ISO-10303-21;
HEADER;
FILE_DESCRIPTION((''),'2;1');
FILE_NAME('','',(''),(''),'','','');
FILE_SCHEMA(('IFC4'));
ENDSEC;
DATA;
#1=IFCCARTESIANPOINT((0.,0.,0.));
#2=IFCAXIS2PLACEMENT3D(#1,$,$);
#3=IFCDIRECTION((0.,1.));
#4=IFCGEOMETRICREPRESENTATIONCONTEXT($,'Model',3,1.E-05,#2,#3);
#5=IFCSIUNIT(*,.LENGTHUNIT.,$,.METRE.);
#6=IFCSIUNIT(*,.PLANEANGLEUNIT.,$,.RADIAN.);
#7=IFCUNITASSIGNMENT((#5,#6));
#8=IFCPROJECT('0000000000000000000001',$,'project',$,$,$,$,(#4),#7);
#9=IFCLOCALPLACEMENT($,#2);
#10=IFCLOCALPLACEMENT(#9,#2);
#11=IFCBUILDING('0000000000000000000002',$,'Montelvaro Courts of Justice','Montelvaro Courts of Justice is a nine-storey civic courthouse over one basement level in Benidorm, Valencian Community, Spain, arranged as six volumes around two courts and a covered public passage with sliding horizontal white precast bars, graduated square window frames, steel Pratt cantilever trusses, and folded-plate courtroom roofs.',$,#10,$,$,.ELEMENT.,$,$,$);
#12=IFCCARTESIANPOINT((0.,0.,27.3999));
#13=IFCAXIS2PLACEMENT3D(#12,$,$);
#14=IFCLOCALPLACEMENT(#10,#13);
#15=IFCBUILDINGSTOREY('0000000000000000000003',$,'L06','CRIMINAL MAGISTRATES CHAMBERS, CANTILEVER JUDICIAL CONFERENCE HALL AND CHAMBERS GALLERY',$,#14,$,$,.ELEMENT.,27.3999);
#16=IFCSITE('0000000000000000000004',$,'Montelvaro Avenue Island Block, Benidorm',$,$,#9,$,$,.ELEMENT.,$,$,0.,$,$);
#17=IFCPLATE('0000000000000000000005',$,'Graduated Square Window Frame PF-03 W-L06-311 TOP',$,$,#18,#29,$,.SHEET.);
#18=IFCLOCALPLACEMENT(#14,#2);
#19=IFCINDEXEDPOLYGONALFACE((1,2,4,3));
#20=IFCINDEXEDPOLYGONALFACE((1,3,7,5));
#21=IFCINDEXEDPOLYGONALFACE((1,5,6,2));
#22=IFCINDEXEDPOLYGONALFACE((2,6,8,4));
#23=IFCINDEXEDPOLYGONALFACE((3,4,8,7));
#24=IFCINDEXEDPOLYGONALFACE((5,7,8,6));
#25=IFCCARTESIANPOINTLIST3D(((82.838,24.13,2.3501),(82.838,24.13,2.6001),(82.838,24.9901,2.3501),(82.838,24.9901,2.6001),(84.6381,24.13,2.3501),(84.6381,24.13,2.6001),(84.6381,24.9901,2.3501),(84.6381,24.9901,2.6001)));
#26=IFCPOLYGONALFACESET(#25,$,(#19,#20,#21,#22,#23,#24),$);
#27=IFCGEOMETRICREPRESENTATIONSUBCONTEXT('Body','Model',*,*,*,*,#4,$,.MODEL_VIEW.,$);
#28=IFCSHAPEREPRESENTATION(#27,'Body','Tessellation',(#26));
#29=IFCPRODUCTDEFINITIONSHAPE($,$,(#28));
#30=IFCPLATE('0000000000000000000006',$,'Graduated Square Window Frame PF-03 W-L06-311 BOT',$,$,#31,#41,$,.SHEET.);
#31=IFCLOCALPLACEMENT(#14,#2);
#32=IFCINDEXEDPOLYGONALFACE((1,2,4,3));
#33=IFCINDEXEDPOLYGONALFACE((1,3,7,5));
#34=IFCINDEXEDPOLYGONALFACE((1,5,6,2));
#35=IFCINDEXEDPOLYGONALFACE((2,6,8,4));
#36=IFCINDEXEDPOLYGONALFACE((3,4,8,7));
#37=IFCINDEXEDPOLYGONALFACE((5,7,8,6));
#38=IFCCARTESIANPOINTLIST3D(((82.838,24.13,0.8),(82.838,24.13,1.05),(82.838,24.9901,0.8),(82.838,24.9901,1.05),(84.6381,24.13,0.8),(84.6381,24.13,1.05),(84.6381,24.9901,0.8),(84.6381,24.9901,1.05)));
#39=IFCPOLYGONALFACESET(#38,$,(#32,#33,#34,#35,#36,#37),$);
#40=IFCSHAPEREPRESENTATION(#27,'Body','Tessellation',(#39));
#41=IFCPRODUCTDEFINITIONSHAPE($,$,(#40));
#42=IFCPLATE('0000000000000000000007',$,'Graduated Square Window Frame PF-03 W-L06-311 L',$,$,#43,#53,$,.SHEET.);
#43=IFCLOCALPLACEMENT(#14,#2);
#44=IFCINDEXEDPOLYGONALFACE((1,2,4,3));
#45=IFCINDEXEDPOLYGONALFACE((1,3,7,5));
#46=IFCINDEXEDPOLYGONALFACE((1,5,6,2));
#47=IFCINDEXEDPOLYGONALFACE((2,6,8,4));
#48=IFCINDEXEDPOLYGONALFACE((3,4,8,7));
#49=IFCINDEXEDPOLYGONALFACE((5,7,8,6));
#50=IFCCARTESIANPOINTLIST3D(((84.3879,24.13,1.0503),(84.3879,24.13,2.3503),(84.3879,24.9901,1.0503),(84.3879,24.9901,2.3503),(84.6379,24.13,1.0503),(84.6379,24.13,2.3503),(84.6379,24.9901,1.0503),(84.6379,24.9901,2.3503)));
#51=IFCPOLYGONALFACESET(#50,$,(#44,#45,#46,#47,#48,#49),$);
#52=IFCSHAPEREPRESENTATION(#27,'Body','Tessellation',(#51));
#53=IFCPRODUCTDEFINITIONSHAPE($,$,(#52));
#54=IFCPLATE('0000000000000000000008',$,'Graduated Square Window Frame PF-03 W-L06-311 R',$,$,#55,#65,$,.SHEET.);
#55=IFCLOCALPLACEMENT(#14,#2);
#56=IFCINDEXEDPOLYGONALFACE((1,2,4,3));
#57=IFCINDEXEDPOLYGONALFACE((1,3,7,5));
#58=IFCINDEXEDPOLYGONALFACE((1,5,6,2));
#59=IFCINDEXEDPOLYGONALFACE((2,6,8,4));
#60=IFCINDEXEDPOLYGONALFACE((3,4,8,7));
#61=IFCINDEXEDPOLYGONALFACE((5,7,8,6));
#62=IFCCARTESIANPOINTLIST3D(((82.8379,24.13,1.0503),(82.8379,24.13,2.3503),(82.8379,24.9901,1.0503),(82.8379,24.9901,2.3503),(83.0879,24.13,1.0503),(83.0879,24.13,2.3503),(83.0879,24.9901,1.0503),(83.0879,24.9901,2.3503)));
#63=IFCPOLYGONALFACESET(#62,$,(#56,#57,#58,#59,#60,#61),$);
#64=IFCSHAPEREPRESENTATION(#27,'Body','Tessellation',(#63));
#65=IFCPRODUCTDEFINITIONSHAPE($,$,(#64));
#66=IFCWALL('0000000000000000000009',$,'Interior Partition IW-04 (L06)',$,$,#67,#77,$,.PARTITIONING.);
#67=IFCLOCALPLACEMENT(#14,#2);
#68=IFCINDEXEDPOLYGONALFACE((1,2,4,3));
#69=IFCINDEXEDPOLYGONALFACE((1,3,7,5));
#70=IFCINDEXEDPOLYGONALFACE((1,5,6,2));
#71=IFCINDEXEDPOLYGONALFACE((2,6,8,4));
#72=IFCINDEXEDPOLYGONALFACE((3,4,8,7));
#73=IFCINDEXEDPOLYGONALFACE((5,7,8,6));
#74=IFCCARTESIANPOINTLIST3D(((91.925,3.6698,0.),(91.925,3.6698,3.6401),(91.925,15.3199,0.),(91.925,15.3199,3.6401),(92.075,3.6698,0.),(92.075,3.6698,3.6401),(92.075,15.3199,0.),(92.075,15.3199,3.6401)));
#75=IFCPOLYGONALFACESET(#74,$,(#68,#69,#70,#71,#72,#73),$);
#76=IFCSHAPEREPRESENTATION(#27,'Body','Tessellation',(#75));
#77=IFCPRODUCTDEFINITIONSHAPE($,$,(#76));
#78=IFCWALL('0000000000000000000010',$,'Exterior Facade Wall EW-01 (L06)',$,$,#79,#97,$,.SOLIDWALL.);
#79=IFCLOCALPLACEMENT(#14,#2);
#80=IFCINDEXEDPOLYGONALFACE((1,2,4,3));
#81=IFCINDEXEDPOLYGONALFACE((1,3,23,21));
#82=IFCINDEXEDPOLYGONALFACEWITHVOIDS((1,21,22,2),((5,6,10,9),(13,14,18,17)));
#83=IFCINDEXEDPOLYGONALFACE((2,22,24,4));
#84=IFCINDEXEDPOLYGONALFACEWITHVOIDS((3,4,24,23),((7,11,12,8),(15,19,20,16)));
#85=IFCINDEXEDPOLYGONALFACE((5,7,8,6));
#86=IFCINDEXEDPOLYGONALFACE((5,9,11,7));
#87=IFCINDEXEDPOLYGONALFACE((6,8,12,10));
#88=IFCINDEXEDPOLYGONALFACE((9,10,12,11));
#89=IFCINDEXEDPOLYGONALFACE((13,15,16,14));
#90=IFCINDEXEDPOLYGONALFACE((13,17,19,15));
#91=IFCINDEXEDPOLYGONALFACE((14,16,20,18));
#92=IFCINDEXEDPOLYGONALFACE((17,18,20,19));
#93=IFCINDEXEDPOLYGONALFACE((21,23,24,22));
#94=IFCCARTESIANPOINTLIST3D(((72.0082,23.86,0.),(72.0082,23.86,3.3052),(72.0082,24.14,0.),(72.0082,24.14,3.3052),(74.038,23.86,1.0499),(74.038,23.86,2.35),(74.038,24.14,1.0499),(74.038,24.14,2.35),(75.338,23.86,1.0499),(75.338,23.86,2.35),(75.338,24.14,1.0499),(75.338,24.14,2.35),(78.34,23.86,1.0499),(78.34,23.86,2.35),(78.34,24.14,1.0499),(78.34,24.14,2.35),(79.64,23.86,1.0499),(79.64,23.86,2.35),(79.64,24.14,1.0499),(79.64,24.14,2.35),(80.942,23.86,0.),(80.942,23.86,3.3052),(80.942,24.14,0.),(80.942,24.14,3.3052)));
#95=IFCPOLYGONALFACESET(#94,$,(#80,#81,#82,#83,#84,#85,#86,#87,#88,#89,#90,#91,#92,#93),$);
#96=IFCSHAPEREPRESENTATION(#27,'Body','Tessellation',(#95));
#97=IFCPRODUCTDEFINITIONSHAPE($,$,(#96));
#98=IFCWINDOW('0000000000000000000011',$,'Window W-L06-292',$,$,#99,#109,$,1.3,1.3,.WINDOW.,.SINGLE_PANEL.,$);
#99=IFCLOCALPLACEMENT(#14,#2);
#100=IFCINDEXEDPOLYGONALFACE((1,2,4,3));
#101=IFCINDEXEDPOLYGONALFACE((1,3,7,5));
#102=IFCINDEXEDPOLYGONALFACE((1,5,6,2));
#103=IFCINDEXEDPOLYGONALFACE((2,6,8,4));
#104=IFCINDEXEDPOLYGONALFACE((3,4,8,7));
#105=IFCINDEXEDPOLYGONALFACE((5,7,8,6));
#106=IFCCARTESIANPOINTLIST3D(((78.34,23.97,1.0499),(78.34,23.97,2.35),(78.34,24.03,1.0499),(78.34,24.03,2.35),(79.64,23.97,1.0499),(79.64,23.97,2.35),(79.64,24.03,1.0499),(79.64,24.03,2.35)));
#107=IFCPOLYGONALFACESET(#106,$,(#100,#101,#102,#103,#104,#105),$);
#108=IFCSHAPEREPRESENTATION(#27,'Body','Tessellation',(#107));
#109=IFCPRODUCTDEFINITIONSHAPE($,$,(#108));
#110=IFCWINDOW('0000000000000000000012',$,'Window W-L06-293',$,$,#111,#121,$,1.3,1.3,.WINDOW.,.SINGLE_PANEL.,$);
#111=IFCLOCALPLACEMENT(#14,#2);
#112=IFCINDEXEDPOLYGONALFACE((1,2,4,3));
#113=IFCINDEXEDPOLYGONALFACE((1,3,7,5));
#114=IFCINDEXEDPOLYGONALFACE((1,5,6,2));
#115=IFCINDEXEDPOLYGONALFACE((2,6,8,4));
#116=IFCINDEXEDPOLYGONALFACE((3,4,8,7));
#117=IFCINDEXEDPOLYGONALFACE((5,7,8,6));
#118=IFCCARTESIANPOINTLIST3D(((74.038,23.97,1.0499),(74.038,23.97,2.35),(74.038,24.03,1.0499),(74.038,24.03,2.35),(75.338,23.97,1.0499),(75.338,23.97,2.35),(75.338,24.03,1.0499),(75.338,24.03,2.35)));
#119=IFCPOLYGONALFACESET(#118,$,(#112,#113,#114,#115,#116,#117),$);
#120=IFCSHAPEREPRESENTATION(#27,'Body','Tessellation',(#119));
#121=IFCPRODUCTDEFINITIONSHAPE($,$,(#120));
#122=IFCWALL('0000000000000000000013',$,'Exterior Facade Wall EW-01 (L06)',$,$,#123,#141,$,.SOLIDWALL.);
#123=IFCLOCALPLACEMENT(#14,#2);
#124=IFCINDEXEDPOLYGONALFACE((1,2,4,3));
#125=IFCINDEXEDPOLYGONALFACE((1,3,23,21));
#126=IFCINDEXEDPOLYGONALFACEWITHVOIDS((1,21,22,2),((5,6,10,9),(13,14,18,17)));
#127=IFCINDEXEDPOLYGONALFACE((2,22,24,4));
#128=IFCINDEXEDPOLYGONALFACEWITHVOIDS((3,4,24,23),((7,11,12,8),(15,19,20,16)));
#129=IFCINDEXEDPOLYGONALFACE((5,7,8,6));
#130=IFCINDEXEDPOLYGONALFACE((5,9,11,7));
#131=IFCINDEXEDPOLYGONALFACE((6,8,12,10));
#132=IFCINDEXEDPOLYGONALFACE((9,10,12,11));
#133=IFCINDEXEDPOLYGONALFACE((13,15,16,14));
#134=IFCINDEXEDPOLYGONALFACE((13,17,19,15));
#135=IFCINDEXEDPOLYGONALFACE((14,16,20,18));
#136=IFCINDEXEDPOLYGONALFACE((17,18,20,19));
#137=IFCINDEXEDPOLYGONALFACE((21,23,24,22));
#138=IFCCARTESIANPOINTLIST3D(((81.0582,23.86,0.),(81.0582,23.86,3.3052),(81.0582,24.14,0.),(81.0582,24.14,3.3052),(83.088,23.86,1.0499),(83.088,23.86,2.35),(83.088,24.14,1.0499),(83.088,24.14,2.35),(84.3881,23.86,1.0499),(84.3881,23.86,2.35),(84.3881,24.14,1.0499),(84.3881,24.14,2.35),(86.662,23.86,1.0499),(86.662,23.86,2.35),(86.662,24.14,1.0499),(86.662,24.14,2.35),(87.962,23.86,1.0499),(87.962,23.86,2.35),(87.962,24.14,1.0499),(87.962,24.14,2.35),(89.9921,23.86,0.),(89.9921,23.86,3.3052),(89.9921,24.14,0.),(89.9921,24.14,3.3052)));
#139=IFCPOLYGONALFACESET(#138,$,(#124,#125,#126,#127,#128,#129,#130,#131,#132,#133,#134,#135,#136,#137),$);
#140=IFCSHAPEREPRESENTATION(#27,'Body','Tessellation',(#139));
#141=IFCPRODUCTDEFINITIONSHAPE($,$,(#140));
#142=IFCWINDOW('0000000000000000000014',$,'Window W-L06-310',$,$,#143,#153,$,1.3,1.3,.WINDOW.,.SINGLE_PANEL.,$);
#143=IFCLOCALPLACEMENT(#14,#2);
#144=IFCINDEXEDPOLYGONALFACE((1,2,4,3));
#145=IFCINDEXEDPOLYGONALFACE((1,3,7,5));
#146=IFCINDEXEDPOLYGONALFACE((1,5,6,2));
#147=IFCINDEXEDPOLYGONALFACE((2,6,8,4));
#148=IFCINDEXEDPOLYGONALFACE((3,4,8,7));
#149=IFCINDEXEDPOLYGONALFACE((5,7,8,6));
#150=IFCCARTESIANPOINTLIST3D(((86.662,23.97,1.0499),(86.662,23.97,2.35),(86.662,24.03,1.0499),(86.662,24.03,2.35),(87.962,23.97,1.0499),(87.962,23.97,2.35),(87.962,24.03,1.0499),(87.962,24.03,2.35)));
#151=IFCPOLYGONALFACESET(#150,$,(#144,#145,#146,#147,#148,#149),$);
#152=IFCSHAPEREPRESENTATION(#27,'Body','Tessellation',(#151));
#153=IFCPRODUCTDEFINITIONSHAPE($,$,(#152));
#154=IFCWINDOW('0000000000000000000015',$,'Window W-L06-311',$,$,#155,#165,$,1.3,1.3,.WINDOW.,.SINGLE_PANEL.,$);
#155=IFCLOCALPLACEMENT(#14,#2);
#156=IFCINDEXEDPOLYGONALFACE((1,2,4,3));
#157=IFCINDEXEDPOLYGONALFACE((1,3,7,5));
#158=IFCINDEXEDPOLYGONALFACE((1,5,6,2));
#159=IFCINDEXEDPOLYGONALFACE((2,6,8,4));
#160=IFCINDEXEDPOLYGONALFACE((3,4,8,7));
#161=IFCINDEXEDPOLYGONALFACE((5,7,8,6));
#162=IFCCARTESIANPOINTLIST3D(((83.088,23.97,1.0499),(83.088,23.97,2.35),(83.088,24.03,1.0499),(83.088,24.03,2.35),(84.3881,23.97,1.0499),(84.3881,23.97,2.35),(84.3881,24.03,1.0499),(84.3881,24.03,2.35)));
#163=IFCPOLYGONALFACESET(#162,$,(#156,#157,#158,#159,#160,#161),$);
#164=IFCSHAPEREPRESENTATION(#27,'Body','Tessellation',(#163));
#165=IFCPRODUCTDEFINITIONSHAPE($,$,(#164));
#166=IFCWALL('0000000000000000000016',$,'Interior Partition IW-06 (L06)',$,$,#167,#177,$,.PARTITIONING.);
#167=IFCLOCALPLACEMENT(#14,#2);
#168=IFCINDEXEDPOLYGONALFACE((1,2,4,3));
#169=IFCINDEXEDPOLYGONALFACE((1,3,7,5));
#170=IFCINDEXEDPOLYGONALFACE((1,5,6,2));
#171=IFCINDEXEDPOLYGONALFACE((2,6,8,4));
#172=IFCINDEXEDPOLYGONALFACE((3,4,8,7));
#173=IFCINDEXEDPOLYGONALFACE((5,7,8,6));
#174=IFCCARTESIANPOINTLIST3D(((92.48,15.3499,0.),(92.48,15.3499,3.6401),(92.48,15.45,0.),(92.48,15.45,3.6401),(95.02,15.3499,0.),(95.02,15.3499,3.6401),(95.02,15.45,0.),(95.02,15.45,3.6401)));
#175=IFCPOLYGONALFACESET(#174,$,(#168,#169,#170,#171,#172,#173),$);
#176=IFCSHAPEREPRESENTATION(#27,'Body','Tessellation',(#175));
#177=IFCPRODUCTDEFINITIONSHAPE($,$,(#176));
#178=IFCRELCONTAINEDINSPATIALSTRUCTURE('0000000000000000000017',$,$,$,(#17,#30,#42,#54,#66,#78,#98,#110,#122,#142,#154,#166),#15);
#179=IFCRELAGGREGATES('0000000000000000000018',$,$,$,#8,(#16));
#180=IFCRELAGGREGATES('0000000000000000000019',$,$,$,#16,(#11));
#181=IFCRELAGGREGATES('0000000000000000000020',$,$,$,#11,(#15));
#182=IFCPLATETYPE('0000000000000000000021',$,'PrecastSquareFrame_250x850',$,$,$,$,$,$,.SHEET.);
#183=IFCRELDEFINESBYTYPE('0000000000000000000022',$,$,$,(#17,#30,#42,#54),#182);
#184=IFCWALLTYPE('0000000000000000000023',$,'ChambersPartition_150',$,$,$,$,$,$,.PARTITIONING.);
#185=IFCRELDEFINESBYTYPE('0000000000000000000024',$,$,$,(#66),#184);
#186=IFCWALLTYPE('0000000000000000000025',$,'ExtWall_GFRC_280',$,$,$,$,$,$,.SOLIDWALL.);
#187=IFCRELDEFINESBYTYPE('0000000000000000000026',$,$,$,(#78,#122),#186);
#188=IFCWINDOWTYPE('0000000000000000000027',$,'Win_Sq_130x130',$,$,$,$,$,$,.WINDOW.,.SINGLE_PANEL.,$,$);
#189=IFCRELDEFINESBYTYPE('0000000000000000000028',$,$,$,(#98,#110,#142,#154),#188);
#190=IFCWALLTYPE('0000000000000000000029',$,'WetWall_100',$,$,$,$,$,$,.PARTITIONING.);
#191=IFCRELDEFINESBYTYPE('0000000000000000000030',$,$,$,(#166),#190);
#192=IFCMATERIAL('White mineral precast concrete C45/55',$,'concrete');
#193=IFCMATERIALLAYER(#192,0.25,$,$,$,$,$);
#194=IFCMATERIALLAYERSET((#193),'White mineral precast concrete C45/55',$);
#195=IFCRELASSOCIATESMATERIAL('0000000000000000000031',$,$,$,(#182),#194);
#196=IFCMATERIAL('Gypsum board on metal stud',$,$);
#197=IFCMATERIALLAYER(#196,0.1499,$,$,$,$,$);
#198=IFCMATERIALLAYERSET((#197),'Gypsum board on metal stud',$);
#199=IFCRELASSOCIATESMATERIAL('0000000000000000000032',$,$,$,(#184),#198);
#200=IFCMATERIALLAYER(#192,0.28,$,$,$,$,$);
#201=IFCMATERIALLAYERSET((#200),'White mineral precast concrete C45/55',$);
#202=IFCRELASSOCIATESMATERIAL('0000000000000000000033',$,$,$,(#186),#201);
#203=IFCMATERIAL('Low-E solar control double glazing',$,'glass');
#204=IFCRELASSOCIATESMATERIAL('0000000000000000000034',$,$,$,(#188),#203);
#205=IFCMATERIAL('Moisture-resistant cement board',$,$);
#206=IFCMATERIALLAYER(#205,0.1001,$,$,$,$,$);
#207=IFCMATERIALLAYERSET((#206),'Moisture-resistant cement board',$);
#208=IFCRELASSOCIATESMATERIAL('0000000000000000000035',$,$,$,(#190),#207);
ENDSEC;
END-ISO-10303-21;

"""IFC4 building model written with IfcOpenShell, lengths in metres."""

from ifc_helpers import new_model, si_unit, direction, frame, frame_2d, origin, origin_2d, place, context, subcontext, project, spatial, rectangle, extrude, material, layer, layer_set, type_object, element, fill, save


model = new_model("IFC4")

# Units and contexts
model_context = context("Model", 3, precision=1e-05, world=origin(), true_north=direction((0.0, 1.0)))
body_context = subcontext(model_context, "Body", "Model", "MODEL_VIEW")
ifc_project = project(units=[si_unit("LENGTHUNIT", "METRE"), si_unit("PLANEANGLEUNIT", "RADIAN")], contexts=[model_context])

# Site, building, storey
site_placement = place(None, origin())
site = spatial("IfcSite", under=ifc_project, at=site_placement, Name="Montelvaro Avenue Island Block, Benidorm", CompositionType="ELEMENT", RefElevation=0.0)
building_placement = place(site_placement, origin())
building = spatial("IfcBuilding", under=site, at=building_placement, Name="Montelvaro Courts of Justice", Description="Montelvaro Courts of Justice is a nine-storey civic courthouse over one basement level in Benidorm, Valencian Community, Spain, arranged as six volumes around two courts and a covered public passage with sliding horizontal white precast bars, graduated square window frames, steel Pratt cantilever trusses, and folded-plate courtroom roofs.", CompositionType="ELEMENT")
storey_placement = place(building_placement, frame((0.0, 0.0, 27.3999)))
storey = spatial("IfcBuildingStorey", under=building, at=storey_placement, Name="L06", Description="CRIMINAL MAGISTRATES CHAMBERS, CANTILEVER JUDICIAL CONFERENCE HALL AND CHAMBERS GALLERY", CompositionType="ELEMENT", Elevation=27.3999)

# Plates
ifc_material_1 = material(Name="White mineral precast concrete C45/55", Category="concrete")
ifc_layer_1 = layer(ifc_material_1, 0.25)
ifc_layer_set_1 = layer_set([ifc_layer_1], Name="White mineral precast concrete C45/55")
plate_type = type_object("IfcPlateType", Name="PrecastSquareFrame_250x850", PredefinedType="SHEET", material=ifc_layer_set_1)
for number, where, z_axis, x_axis, name in (
    (1, (83.738, 24.5601, 2.3501), (0.0, 0.0, 1.0), (-1.0, 0.0, 0.0), "Graduated Square Window Frame PF-03 W-L06-311 TOP"),
    (2, (83.738, 24.5601, 0.8), (0.0, 0.0, 1.0), (-1.0, 0.0, 0.0), "Graduated Square Window Frame PF-03 W-L06-311 BOT"),
):
    element("IfcPlate", number, at=place(storey_placement, frame(where, z_axis=z_axis, x_axis=x_axis)), inside=storey, type_object=plate_type, Name=name, PredefinedType="SHEET", context=body_context, shape_type="SweptSolid", body=[
        extrude(rectangle(XDim=1.8, YDim=0.8601, at=origin_2d()), origin(), (0.0, 0.0, 1.0), 0.25),
    ])
for number, where, z_axis, x_axis, name in (
    (3, (84.5129, 24.5601, 1.0503), (0.0, 0.0, 1.0), (-1.0, 0.0, 0.0), "Graduated Square Window Frame PF-03 W-L06-311 L"),
    (4, (82.9629, 24.5601, 1.0503), (0.0, 0.0, 1.0), (-1.0, 0.0, 0.0), "Graduated Square Window Frame PF-03 W-L06-311 R"),
):
    element("IfcPlate", number, at=place(storey_placement, frame(where, z_axis=z_axis, x_axis=x_axis)), inside=storey, type_object=plate_type, Name=name, PredefinedType="SHEET", context=body_context, shape_type="SweptSolid", body=[
        extrude(rectangle(XDim=0.25, YDim=0.8601, at=origin_2d()), origin(), (0.0, 0.0, 1.0), 1.3),
    ])

# Wall
ifc_material_2 = material(Name="Gypsum board on metal stud")
ifc_layer_2 = layer(ifc_material_2, 0.1499)
ifc_layer_set_2 = layer_set([ifc_layer_2], Name="Gypsum board on metal stud")
wall_type_1 = type_object("IfcWallType", Name="ChambersPartition_150", PredefinedType="PARTITIONING", material=ifc_layer_set_2)
wall_1_placement = place(storey_placement, frame((92.0, 15.3201, 0.0), z_axis=(0.0, 0.0, 1.0), x_axis=(0.0, -1.0, 0.0)))
element("IfcWall", 5, at=wall_1_placement, inside=storey, type_object=wall_type_1, Name="Interior Partition IW-04 (L06)", PredefinedType="PARTITIONING", context=body_context, shape_type="SweptSolid", body=[
    extrude(rectangle(XDim=11.6501, YDim=0.1499, at=frame_2d((5.8252, 0.0))), origin(), (0.0, 0.0, 1.0), 3.6401),
])

# Walls, openings, windows
ifc_layer_3 = layer(ifc_material_1, 0.28)
ifc_layer_set_3 = layer_set([ifc_layer_3], Name="White mineral precast concrete C45/55")
wall_type_2 = type_object("IfcWallType", Name="ExtWall_GFRC_280", PredefinedType="SOLIDWALL", material=ifc_layer_set_3)
wall_2_placement = place(storey_placement, frame((80.9419, 24.0, 0.0), z_axis=(0.0, 0.0, 1.0), x_axis=(-1.0, 0.0, 0.0)))
wall_2 = element("IfcWall", 6, at=wall_2_placement, inside=storey, type_object=wall_type_2, Name="Exterior Facade Wall EW-01 (L06)", PredefinedType="SOLIDWALL", context=body_context, shape_type="SweptSolid", body=[
    extrude(rectangle(XDim=8.9338, YDim=0.28, at=frame_2d((4.4668, 0.0))), origin(), (0.0, 0.0, 1.0), 3.3052),
])
opening_1_placement = place(wall_2_placement, frame((1.302, 0.0, 1.05)))
opening_1 = element("IfcOpeningElement", 7, at=opening_1_placement, cuts=wall_2, PredefinedType="OPENING", context=body_context, shape_type="SweptSolid", body=[
    extrude(rectangle(XDim=1.3, YDim=1.3, at=frame_2d((0.6499, 0.6499))), frame((0.0, 0.1548, 0.0), z_axis=(0.0, -1.0, 0.0), x_axis=(1.0, 0.0, 0.0)), (0.0, 0.0, 1.0), 0.3098),
])
opening_2_placement = place(wall_2_placement, frame((5.604, 0.0, 1.05)))
opening_2 = element("IfcOpeningElement", 8, at=opening_2_placement, cuts=wall_2, PredefinedType="OPENING", context=body_context, shape_type="SweptSolid", body=[
    extrude(rectangle(XDim=1.3, YDim=1.3, at=frame_2d((0.6499, 0.6499))), frame((0.0, 0.1548, 0.0), z_axis=(0.0, -1.0, 0.0), x_axis=(1.0, 0.0, 0.0)), (0.0, 0.0, 1.0), 0.3098),
])
ifc_material_3 = material(Name="Low-E solar control double glazing", Category="glass")
window_type = type_object("IfcWindowType", Name="Win_Sq_130x130", PartitioningType="SINGLE_PANEL", PredefinedType="WINDOW", material=ifc_material_3)
window_1_placement = place(opening_1_placement, origin())
window_1 = element("IfcWindow", 9, at=window_1_placement, inside=storey, type_object=window_type, Name="Window W-L06-292", OverallHeight=1.3, OverallWidth=1.3, PartitioningType="SINGLE_PANEL", PredefinedType="WINDOW", context=body_context, shape_type="SweptSolid", body=[
    extrude(rectangle(XDim=1.3, YDim=1.3, at=frame_2d((0.6499, 0.6499))), frame((0.0, 0.03, 0.0), z_axis=(0.0, -1.0, 0.0), x_axis=(1.0, 0.0, 0.0)), (0.0, 0.0, 1.0), 0.0601),
])
fill(opening_1, window_1)
window_2_placement = place(opening_2_placement, origin())
window_2 = element("IfcWindow", 10, at=window_2_placement, inside=storey, type_object=window_type, Name="Window W-L06-293", OverallHeight=1.3, OverallWidth=1.3, PartitioningType="SINGLE_PANEL", PredefinedType="WINDOW", context=body_context, shape_type="SweptSolid", body=[
    extrude(rectangle(XDim=1.3, YDim=1.3, at=frame_2d((0.6499, 0.6499))), frame((0.0, 0.03, 0.0), z_axis=(0.0, -1.0, 0.0), x_axis=(1.0, 0.0, 0.0)), (0.0, 0.0, 1.0), 0.0601),
])
fill(opening_2, window_2)
wall_3_placement = place(storey_placement, frame((89.9919, 24.0, 0.0), z_axis=(0.0, 0.0, 1.0), x_axis=(-1.0, 0.0, 0.0)))
wall_3 = element("IfcWall", 11, at=wall_3_placement, inside=storey, type_object=wall_type_2, Name="Exterior Facade Wall EW-01 (L06)", PredefinedType="SOLIDWALL", context=body_context, shape_type="SweptSolid", body=[
    extrude(rectangle(XDim=8.9338, YDim=0.28, at=frame_2d((4.4668, 0.0))), origin(), (0.0, 0.0, 1.0), 3.3052),
])
opening_3_placement = place(wall_3_placement, frame((2.03, 0.0, 1.05)))
opening_3 = element("IfcOpeningElement", 12, at=opening_3_placement, cuts=wall_3, PredefinedType="OPENING", context=body_context, shape_type="SweptSolid", body=[
    extrude(rectangle(XDim=1.3, YDim=1.3, at=frame_2d((0.6499, 0.6499))), frame((0.0, 0.1548, 0.0), z_axis=(0.0, -1.0, 0.0), x_axis=(1.0, 0.0, 0.0)), (0.0, 0.0, 1.0), 0.3098),
])
opening_4_placement = place(wall_3_placement, frame((5.604, 0.0, 1.05)))
opening_4 = element("IfcOpeningElement", 13, at=opening_4_placement, cuts=wall_3, PredefinedType="OPENING", context=body_context, shape_type="SweptSolid", body=[
    extrude(rectangle(XDim=1.3, YDim=1.3, at=frame_2d((0.6499, 0.6499))), frame((0.0, 0.1548, 0.0), z_axis=(0.0, -1.0, 0.0), x_axis=(1.0, 0.0, 0.0)), (0.0, 0.0, 1.0), 0.3098),
])
window_3_placement = place(opening_3_placement, origin())
window_3 = element("IfcWindow", 14, at=window_3_placement, inside=storey, type_object=window_type, Name="Window W-L06-310", OverallHeight=1.3, OverallWidth=1.3, PartitioningType="SINGLE_PANEL", PredefinedType="WINDOW", context=body_context, shape_type="SweptSolid", body=[
    extrude(rectangle(XDim=1.3, YDim=1.3, at=frame_2d((0.6499, 0.6499))), frame((0.0, 0.03, 0.0), z_axis=(0.0, -1.0, 0.0), x_axis=(1.0, 0.0, 0.0)), (0.0, 0.0, 1.0), 0.0601),
])
fill(opening_3, window_3)
window_4_placement = place(opening_4_placement, origin())
window_4 = element("IfcWindow", 15, at=window_4_placement, inside=storey, type_object=window_type, Name="Window W-L06-311", OverallHeight=1.3, OverallWidth=1.3, PartitioningType="SINGLE_PANEL", PredefinedType="WINDOW", context=body_context, shape_type="SweptSolid", body=[
    extrude(rectangle(XDim=1.3, YDim=1.3, at=frame_2d((0.6499, 0.6499))), frame((0.0, 0.03, 0.0), z_axis=(0.0, -1.0, 0.0), x_axis=(1.0, 0.0, 0.0)), (0.0, 0.0, 1.0), 0.0601),
])
fill(opening_4, window_4)

# Wall
ifc_material_4 = material(Name="Moisture-resistant cement board")
ifc_layer_4 = layer(ifc_material_4, 0.1001)
ifc_layer_set_4 = layer_set([ifc_layer_4], Name="Moisture-resistant cement board")
wall_type_3 = type_object("IfcWallType", Name="WetWall_100", PredefinedType="PARTITIONING", material=ifc_layer_set_4)
wall_4_placement = place(storey_placement, frame((92.48, 15.3999, 0.0), z_axis=(0.0, 0.0, 1.0), x_axis=(1.0, 0.0, 0.0)))
element("IfcWall", 16, at=wall_4_placement, inside=storey, type_object=wall_type_3, Name="Interior Partition IW-06 (L06)", PredefinedType="PARTITIONING", context=body_context, shape_type="SweptSolid", body=[
    extrude(rectangle(XDim=2.54, YDim=0.1001, at=frame_2d((1.27, 0.0))), origin(), (0.0, 0.0, 1.0), 3.6401),
])

save(model, "model.ifc")
